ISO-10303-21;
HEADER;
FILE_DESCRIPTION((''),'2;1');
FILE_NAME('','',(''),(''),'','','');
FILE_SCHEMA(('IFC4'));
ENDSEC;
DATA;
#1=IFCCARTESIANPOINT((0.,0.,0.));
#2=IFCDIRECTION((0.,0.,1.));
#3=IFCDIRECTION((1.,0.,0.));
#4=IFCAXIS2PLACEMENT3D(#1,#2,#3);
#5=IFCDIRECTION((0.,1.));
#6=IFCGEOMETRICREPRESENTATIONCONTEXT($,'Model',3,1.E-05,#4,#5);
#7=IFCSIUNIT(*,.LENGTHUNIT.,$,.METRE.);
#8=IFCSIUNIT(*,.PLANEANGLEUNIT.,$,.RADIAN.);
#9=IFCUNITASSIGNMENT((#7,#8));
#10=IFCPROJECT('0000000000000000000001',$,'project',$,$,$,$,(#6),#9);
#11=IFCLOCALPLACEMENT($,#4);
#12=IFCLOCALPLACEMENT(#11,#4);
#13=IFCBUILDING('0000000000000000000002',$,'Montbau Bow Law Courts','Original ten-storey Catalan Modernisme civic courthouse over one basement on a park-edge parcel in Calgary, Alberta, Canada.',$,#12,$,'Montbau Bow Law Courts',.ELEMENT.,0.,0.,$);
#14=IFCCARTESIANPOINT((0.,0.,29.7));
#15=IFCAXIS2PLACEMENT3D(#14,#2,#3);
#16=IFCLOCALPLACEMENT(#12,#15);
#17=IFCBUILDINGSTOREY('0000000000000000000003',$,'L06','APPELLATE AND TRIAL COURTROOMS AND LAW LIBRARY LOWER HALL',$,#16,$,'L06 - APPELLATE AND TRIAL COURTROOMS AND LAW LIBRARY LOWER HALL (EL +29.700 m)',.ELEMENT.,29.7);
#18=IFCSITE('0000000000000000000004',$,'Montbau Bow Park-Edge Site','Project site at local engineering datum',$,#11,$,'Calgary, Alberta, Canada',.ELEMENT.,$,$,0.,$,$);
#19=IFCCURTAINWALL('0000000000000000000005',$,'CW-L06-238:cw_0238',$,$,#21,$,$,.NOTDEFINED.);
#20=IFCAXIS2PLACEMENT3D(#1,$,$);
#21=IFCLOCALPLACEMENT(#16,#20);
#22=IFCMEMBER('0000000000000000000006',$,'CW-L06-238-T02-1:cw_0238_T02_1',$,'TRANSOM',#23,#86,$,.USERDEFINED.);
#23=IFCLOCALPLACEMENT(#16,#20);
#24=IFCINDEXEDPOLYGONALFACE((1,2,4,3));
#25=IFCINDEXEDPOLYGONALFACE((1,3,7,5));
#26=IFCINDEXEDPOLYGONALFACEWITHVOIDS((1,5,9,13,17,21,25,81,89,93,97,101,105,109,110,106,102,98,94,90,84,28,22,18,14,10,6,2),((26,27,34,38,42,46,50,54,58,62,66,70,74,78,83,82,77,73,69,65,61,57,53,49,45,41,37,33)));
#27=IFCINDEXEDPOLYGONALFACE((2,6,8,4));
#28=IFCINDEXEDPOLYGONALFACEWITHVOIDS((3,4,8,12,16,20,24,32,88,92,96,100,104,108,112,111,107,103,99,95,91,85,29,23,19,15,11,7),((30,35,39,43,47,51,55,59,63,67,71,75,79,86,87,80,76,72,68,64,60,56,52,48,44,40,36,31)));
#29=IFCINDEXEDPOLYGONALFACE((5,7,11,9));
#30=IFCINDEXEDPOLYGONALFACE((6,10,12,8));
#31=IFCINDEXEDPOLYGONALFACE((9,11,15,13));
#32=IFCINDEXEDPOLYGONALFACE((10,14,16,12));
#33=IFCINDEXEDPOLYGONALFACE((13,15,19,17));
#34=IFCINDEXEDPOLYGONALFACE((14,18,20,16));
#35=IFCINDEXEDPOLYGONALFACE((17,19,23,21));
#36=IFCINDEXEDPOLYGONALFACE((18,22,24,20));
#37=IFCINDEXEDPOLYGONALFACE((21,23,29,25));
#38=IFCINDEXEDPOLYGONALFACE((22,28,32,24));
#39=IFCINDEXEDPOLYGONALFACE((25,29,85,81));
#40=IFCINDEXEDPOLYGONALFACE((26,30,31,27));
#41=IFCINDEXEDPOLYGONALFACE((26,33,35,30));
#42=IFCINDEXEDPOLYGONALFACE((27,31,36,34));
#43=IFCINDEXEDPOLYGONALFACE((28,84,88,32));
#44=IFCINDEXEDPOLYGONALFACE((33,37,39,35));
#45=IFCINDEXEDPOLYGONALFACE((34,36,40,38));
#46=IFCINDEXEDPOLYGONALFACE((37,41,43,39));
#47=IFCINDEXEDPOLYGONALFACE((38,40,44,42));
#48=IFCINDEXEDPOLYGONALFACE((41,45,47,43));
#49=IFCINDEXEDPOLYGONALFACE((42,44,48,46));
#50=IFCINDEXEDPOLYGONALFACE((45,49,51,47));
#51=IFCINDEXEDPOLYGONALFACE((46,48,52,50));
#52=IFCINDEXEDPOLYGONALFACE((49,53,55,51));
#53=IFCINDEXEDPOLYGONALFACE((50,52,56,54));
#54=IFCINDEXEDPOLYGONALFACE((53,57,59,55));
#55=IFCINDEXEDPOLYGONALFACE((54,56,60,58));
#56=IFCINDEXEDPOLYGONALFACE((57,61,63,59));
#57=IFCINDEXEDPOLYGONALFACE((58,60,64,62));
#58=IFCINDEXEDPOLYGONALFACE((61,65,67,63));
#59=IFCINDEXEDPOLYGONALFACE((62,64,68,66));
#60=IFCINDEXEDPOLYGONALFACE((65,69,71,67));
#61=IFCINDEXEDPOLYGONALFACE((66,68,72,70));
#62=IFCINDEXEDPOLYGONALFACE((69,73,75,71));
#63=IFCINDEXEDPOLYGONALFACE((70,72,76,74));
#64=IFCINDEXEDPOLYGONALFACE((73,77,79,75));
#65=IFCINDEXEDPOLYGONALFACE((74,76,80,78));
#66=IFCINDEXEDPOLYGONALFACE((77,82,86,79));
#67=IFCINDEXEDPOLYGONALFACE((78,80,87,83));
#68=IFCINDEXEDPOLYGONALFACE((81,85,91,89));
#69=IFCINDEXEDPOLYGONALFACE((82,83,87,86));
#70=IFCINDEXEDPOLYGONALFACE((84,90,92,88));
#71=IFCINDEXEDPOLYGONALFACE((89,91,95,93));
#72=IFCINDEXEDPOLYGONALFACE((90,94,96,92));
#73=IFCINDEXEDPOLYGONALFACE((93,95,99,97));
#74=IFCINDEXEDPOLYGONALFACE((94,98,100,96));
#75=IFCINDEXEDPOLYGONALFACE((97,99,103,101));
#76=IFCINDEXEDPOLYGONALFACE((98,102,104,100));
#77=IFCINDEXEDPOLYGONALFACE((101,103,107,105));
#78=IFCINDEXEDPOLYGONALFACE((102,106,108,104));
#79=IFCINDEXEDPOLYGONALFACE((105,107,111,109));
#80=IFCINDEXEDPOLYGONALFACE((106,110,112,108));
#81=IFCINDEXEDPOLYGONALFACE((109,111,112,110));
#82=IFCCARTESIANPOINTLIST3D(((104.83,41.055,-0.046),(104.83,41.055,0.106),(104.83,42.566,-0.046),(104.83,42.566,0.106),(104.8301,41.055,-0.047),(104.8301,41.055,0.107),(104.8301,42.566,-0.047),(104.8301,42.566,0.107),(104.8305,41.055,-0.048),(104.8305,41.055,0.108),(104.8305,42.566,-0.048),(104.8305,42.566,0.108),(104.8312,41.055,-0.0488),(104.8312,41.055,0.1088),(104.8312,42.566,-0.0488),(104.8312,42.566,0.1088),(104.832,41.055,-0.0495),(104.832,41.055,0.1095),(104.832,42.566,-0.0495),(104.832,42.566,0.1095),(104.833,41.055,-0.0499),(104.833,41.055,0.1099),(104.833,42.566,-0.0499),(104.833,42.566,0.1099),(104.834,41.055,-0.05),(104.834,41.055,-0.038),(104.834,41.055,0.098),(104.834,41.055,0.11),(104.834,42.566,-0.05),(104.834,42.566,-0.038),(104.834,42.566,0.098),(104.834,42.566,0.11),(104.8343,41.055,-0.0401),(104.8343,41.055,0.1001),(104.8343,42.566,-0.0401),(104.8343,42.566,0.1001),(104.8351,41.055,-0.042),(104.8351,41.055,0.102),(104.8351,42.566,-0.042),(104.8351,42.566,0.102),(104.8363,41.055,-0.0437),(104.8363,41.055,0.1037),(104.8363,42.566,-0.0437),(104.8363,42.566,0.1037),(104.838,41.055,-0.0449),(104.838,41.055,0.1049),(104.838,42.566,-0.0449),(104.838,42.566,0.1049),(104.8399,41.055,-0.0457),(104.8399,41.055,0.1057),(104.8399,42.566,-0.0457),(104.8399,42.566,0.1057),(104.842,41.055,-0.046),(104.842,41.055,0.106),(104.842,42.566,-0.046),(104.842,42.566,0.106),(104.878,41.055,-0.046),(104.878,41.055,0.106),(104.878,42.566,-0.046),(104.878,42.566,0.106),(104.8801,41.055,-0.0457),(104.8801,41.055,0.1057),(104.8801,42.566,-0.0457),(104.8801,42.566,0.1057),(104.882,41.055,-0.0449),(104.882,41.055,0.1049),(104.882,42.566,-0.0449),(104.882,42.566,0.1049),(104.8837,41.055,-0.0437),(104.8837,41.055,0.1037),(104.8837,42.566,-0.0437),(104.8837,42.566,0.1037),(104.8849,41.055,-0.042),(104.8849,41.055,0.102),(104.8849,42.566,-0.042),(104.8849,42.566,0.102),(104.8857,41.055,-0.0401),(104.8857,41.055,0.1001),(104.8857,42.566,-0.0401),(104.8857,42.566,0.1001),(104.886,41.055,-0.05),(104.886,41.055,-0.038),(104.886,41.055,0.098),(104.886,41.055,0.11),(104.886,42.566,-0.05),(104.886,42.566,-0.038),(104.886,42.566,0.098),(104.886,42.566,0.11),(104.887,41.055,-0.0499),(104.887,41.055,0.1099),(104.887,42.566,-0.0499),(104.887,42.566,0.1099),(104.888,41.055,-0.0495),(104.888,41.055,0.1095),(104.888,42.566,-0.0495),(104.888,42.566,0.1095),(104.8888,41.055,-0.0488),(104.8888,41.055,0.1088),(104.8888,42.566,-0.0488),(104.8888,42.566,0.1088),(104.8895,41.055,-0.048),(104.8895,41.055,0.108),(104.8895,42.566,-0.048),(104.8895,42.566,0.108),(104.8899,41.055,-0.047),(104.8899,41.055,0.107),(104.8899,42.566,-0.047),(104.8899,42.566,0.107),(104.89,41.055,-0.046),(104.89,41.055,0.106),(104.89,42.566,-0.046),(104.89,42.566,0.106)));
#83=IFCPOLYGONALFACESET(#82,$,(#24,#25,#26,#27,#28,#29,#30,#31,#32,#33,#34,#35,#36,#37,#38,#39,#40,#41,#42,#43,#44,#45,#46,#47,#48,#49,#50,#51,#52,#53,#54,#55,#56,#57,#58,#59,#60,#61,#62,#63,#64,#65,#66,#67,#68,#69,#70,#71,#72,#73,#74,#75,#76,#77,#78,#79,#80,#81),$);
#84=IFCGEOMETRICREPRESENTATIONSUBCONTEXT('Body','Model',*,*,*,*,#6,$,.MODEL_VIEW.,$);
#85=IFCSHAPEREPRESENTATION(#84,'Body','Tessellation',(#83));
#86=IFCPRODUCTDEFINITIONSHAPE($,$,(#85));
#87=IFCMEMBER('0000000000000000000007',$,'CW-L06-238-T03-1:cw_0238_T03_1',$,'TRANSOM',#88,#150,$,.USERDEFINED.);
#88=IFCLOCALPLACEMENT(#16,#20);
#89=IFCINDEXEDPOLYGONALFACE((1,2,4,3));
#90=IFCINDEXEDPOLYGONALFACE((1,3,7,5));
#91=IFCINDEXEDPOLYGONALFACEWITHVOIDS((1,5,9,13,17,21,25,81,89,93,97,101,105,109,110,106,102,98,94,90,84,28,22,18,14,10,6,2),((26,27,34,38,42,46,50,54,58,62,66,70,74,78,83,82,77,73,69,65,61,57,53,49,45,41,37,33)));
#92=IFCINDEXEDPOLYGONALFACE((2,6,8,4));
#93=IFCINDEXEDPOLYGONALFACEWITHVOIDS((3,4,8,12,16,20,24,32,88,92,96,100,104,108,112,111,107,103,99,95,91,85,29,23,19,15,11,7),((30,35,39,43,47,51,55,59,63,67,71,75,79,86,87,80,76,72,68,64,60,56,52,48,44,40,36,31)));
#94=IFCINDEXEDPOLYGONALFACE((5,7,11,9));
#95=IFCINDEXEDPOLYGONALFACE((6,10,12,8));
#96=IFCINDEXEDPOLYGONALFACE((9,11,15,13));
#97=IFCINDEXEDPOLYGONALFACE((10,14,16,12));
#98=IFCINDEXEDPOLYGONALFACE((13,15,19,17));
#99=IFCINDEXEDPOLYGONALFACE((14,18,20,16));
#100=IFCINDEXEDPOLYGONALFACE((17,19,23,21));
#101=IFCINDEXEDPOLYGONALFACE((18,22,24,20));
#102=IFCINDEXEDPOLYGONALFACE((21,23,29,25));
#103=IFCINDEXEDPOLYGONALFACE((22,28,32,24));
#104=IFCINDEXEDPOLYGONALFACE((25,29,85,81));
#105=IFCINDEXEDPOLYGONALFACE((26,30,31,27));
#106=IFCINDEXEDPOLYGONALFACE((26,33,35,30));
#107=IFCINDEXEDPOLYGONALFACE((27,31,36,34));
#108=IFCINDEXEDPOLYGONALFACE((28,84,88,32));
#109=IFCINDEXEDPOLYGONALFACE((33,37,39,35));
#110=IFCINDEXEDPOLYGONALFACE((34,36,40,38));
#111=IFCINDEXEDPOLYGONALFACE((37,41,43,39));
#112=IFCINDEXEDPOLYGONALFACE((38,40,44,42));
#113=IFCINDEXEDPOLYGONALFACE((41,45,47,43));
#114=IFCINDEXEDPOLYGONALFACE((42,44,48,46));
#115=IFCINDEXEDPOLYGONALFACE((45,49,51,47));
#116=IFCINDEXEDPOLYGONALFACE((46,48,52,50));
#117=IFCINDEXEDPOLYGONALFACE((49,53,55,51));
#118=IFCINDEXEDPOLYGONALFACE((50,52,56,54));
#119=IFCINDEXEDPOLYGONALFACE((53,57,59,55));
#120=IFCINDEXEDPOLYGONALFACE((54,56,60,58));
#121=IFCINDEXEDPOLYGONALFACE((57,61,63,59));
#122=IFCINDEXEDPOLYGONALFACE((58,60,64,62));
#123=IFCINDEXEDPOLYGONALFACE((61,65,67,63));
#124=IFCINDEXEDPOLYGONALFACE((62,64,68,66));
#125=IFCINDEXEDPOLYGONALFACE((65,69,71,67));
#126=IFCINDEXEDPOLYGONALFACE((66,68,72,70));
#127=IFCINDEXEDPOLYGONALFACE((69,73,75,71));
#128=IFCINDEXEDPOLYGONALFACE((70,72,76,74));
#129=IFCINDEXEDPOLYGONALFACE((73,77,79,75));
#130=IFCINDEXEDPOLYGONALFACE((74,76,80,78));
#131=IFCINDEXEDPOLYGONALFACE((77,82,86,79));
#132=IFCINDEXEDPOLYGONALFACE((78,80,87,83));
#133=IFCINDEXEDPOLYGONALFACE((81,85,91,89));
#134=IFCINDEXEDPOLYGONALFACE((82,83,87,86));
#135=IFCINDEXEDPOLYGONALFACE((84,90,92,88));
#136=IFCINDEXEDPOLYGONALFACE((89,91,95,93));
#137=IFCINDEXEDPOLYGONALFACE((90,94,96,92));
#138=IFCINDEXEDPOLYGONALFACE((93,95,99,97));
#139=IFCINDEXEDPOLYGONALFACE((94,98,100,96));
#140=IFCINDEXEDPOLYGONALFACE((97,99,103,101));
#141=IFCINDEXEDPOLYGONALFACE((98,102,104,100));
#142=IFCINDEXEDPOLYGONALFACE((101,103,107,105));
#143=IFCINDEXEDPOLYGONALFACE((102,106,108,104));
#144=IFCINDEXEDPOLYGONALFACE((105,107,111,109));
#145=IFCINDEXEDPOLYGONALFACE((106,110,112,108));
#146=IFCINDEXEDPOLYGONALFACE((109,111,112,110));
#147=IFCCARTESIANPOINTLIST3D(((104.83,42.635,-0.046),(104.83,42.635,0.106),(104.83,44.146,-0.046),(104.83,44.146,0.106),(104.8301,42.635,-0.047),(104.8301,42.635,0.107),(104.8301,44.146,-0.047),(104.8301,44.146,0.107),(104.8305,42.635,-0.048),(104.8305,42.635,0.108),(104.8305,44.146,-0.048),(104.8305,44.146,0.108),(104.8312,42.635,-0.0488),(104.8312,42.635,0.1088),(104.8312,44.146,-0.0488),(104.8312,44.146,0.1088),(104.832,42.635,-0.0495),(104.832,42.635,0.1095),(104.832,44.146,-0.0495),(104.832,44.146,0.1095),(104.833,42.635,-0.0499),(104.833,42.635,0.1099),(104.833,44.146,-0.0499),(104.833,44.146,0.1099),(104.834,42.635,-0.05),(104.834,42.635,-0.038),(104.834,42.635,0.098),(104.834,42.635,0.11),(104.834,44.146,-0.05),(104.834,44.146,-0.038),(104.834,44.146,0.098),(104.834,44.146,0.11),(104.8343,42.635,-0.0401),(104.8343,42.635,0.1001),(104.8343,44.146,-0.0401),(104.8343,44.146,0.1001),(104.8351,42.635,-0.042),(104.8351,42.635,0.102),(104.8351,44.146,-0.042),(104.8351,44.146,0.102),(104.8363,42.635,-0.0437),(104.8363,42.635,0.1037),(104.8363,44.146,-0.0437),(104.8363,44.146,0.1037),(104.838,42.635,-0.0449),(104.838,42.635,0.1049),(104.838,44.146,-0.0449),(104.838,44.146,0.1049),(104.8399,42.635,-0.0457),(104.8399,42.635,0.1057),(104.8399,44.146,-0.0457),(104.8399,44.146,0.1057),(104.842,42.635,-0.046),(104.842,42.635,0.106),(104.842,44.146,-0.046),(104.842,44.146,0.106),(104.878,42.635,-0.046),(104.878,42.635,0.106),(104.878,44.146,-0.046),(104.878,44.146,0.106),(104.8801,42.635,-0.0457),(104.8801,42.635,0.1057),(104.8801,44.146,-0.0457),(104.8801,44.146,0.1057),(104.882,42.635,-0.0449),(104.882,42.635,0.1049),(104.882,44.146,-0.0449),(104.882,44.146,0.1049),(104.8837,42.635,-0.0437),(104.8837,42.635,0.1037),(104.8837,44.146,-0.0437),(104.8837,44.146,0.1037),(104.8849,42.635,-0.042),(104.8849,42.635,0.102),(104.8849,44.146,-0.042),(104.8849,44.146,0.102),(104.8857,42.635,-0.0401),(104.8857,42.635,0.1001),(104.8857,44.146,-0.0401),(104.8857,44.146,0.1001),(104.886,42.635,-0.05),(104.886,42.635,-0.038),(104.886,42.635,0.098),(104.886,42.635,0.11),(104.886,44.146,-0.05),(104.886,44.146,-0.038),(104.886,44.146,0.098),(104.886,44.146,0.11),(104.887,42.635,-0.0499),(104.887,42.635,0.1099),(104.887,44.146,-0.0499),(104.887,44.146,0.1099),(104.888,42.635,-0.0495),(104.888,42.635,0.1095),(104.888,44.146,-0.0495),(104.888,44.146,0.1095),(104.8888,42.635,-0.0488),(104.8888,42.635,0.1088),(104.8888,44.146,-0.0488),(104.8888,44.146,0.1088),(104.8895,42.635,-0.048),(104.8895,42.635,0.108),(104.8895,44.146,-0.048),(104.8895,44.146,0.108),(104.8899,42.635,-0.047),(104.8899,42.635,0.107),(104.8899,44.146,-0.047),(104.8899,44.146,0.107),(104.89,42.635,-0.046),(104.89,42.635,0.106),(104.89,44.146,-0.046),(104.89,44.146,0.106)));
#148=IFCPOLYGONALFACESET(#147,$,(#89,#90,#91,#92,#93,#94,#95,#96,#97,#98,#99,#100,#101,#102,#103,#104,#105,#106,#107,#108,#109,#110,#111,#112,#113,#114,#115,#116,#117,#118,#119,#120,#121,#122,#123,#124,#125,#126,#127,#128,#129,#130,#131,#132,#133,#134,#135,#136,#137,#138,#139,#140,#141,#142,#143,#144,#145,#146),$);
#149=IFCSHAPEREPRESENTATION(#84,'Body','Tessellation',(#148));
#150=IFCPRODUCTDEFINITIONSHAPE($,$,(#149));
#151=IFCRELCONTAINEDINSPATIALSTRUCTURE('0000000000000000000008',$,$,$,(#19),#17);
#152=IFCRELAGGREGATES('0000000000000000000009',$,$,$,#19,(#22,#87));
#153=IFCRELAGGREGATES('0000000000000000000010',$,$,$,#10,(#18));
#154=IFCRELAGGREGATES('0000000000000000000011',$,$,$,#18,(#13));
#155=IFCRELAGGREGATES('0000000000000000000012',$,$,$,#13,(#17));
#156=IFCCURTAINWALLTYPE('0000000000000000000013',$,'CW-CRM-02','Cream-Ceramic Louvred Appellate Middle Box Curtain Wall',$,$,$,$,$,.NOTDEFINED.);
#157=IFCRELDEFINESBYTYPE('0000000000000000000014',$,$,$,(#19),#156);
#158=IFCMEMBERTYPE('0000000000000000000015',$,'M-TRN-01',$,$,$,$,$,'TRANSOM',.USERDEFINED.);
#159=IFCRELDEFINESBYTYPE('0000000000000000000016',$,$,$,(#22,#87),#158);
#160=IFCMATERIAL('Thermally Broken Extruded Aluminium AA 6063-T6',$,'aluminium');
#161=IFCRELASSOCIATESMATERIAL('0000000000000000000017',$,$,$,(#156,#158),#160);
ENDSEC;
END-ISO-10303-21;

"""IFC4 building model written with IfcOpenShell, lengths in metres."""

from ifc_helpers import new_model, si_unit, direction, frame, origin_with_axes, origin_2d_with_axis, place, context, subcontext, project, spatial, hollow_rectangle, extrude, material, material_profile, profile_set, type_object, element, aggregate, save


model = new_model("IFC4")

# Units and contexts
model_context = context("Model", 3, precision=1e-05, world=origin_with_axes(), true_north=direction((0.0, 1.0)))
body_context = subcontext(model_context, "Body", "Model", "MODEL_VIEW")
ifc_project = project(units=[si_unit("LENGTHUNIT", "METRE"), si_unit("PLANEANGLEUNIT", "RADIAN")], contexts=[model_context])

# Site, building, storey
site_placement = place(None, origin_with_axes())
site = spatial("IfcSite", under=ifc_project, at=site_placement, Name="Montbau Bow Park-Edge Site", Description="Project site at local engineering datum", LongName="Calgary, Alberta, Canada", CompositionType="ELEMENT", RefElevation=0.0)
building_placement = place(site_placement, origin_with_axes())
building = spatial("IfcBuilding", under=site, at=building_placement, Name="Montbau Bow Law Courts", Description="Original ten-storey Catalan Modernisme civic courthouse over one basement on a park-edge parcel in Calgary, Alberta, Canada.", LongName="Montbau Bow Law Courts", CompositionType="ELEMENT", ElevationOfRefHeight=0.0, ElevationOfTerrain=0.0)
storey_placement = place(building_placement, frame((0.0, 0.0, 29.7), z_axis=(0.0, 0.0, 1.0), x_axis=(1.0, 0.0, 0.0)))
storey = spatial("IfcBuildingStorey", under=building, at=storey_placement, Name="L06", Description="APPELLATE AND TRIAL COURTROOMS AND LAW LIBRARY LOWER HALL", LongName="L06 - APPELLATE AND TRIAL COURTROOMS AND LAW LIBRARY LOWER HALL (EL +29.700 m)", CompositionType="ELEMENT", Elevation=29.7)

# Shared definitions
ifc_material_1 = material(Name="Thermally Broken Extruded Aluminium AA 6063-T6", Category="aluminium")
curtain_wall_type = type_object("IfcCurtainWallType", Name="CW-CRM-02", Description="Cream-Ceramic Louvred Appellate Middle Box Curtain Wall", PredefinedType="NOTDEFINED", material=ifc_material_1)

# Curtain wall
curtain_wall_1_placement = place(None, frame((104.86, 39.44, 29.7), z_axis=(0.0, 0.0, 1.0), x_axis=(1.0, 0.0, 0.0)))
curtain_wall_1 = element("IfcCurtainWall", 1, at=curtain_wall_1_placement, inside=storey, type_object=curtain_wall_type, Name="CW-L06-238:cw_0238", PredefinedType="NOTDEFINED")

# Members
ifc_material_profile_1 = material_profile(ifc_material_1, hollow_rectangle(XDim=0.06, YDim=0.16, WallThickness=0.004, InnerFilletRadius=0.008, OuterFilletRadius=0.004, at=origin_2d_with_axis()), Name="CWT-160X60", Category="Main", Priority=0)
ifc_profile_set_1 = profile_set([ifc_material_profile_1], Name="Thermally Broken Extruded Aluminium AA 6063-T6")
member_type_1 = type_object("IfcMemberType", Name="M-TRN-01", ElementType="TRANSOM", PredefinedType="USERDEFINED", material=ifc_profile_set_1)
member_1_placement = place(None, frame((104.86, 41.055, 29.73), z_axis=(0.0, 1.0, 0.0), x_axis=(-1.0, 0.0, 0.0)))
member_1 = element("IfcMember", 2, at=member_1_placement, type_object=member_type_1, Name="CW-L06-238-T02-1:cw_0238_T02_1", ObjectType="TRANSOM", PredefinedType="USERDEFINED", context=body_context, shape_type="SweptSolid", body=[
    extrude(hollow_rectangle(XDim=0.06, YDim=0.16, WallThickness=0.004, InnerFilletRadius=0.008, OuterFilletRadius=0.004, at=origin_2d_with_axis()), origin_with_axes(), (0.0, 0.0, 1.0), 1.511),
])
member_2_placement = place(None, frame((104.86, 42.635, 29.73), z_axis=(0.0, 1.0, 0.0), x_axis=(-1.0, 0.0, 0.0)))
member_2 = element("IfcMember", 3, at=member_2_placement, type_object=member_type_1, Name="CW-L06-238-T03-1:cw_0238_T03_1", ObjectType="TRANSOM", PredefinedType="USERDEFINED", context=body_context, shape_type="SweptSolid", body=[
    extrude(hollow_rectangle(XDim=0.06, YDim=0.16, WallThickness=0.004, InnerFilletRadius=0.008, OuterFilletRadius=0.004, at=origin_2d_with_axis()), origin_with_axes(), (0.0, 0.0, 1.0), 1.511),
])
aggregate(curtain_wall_1, [member_1, member_2])

save(model, "model.ifc")
